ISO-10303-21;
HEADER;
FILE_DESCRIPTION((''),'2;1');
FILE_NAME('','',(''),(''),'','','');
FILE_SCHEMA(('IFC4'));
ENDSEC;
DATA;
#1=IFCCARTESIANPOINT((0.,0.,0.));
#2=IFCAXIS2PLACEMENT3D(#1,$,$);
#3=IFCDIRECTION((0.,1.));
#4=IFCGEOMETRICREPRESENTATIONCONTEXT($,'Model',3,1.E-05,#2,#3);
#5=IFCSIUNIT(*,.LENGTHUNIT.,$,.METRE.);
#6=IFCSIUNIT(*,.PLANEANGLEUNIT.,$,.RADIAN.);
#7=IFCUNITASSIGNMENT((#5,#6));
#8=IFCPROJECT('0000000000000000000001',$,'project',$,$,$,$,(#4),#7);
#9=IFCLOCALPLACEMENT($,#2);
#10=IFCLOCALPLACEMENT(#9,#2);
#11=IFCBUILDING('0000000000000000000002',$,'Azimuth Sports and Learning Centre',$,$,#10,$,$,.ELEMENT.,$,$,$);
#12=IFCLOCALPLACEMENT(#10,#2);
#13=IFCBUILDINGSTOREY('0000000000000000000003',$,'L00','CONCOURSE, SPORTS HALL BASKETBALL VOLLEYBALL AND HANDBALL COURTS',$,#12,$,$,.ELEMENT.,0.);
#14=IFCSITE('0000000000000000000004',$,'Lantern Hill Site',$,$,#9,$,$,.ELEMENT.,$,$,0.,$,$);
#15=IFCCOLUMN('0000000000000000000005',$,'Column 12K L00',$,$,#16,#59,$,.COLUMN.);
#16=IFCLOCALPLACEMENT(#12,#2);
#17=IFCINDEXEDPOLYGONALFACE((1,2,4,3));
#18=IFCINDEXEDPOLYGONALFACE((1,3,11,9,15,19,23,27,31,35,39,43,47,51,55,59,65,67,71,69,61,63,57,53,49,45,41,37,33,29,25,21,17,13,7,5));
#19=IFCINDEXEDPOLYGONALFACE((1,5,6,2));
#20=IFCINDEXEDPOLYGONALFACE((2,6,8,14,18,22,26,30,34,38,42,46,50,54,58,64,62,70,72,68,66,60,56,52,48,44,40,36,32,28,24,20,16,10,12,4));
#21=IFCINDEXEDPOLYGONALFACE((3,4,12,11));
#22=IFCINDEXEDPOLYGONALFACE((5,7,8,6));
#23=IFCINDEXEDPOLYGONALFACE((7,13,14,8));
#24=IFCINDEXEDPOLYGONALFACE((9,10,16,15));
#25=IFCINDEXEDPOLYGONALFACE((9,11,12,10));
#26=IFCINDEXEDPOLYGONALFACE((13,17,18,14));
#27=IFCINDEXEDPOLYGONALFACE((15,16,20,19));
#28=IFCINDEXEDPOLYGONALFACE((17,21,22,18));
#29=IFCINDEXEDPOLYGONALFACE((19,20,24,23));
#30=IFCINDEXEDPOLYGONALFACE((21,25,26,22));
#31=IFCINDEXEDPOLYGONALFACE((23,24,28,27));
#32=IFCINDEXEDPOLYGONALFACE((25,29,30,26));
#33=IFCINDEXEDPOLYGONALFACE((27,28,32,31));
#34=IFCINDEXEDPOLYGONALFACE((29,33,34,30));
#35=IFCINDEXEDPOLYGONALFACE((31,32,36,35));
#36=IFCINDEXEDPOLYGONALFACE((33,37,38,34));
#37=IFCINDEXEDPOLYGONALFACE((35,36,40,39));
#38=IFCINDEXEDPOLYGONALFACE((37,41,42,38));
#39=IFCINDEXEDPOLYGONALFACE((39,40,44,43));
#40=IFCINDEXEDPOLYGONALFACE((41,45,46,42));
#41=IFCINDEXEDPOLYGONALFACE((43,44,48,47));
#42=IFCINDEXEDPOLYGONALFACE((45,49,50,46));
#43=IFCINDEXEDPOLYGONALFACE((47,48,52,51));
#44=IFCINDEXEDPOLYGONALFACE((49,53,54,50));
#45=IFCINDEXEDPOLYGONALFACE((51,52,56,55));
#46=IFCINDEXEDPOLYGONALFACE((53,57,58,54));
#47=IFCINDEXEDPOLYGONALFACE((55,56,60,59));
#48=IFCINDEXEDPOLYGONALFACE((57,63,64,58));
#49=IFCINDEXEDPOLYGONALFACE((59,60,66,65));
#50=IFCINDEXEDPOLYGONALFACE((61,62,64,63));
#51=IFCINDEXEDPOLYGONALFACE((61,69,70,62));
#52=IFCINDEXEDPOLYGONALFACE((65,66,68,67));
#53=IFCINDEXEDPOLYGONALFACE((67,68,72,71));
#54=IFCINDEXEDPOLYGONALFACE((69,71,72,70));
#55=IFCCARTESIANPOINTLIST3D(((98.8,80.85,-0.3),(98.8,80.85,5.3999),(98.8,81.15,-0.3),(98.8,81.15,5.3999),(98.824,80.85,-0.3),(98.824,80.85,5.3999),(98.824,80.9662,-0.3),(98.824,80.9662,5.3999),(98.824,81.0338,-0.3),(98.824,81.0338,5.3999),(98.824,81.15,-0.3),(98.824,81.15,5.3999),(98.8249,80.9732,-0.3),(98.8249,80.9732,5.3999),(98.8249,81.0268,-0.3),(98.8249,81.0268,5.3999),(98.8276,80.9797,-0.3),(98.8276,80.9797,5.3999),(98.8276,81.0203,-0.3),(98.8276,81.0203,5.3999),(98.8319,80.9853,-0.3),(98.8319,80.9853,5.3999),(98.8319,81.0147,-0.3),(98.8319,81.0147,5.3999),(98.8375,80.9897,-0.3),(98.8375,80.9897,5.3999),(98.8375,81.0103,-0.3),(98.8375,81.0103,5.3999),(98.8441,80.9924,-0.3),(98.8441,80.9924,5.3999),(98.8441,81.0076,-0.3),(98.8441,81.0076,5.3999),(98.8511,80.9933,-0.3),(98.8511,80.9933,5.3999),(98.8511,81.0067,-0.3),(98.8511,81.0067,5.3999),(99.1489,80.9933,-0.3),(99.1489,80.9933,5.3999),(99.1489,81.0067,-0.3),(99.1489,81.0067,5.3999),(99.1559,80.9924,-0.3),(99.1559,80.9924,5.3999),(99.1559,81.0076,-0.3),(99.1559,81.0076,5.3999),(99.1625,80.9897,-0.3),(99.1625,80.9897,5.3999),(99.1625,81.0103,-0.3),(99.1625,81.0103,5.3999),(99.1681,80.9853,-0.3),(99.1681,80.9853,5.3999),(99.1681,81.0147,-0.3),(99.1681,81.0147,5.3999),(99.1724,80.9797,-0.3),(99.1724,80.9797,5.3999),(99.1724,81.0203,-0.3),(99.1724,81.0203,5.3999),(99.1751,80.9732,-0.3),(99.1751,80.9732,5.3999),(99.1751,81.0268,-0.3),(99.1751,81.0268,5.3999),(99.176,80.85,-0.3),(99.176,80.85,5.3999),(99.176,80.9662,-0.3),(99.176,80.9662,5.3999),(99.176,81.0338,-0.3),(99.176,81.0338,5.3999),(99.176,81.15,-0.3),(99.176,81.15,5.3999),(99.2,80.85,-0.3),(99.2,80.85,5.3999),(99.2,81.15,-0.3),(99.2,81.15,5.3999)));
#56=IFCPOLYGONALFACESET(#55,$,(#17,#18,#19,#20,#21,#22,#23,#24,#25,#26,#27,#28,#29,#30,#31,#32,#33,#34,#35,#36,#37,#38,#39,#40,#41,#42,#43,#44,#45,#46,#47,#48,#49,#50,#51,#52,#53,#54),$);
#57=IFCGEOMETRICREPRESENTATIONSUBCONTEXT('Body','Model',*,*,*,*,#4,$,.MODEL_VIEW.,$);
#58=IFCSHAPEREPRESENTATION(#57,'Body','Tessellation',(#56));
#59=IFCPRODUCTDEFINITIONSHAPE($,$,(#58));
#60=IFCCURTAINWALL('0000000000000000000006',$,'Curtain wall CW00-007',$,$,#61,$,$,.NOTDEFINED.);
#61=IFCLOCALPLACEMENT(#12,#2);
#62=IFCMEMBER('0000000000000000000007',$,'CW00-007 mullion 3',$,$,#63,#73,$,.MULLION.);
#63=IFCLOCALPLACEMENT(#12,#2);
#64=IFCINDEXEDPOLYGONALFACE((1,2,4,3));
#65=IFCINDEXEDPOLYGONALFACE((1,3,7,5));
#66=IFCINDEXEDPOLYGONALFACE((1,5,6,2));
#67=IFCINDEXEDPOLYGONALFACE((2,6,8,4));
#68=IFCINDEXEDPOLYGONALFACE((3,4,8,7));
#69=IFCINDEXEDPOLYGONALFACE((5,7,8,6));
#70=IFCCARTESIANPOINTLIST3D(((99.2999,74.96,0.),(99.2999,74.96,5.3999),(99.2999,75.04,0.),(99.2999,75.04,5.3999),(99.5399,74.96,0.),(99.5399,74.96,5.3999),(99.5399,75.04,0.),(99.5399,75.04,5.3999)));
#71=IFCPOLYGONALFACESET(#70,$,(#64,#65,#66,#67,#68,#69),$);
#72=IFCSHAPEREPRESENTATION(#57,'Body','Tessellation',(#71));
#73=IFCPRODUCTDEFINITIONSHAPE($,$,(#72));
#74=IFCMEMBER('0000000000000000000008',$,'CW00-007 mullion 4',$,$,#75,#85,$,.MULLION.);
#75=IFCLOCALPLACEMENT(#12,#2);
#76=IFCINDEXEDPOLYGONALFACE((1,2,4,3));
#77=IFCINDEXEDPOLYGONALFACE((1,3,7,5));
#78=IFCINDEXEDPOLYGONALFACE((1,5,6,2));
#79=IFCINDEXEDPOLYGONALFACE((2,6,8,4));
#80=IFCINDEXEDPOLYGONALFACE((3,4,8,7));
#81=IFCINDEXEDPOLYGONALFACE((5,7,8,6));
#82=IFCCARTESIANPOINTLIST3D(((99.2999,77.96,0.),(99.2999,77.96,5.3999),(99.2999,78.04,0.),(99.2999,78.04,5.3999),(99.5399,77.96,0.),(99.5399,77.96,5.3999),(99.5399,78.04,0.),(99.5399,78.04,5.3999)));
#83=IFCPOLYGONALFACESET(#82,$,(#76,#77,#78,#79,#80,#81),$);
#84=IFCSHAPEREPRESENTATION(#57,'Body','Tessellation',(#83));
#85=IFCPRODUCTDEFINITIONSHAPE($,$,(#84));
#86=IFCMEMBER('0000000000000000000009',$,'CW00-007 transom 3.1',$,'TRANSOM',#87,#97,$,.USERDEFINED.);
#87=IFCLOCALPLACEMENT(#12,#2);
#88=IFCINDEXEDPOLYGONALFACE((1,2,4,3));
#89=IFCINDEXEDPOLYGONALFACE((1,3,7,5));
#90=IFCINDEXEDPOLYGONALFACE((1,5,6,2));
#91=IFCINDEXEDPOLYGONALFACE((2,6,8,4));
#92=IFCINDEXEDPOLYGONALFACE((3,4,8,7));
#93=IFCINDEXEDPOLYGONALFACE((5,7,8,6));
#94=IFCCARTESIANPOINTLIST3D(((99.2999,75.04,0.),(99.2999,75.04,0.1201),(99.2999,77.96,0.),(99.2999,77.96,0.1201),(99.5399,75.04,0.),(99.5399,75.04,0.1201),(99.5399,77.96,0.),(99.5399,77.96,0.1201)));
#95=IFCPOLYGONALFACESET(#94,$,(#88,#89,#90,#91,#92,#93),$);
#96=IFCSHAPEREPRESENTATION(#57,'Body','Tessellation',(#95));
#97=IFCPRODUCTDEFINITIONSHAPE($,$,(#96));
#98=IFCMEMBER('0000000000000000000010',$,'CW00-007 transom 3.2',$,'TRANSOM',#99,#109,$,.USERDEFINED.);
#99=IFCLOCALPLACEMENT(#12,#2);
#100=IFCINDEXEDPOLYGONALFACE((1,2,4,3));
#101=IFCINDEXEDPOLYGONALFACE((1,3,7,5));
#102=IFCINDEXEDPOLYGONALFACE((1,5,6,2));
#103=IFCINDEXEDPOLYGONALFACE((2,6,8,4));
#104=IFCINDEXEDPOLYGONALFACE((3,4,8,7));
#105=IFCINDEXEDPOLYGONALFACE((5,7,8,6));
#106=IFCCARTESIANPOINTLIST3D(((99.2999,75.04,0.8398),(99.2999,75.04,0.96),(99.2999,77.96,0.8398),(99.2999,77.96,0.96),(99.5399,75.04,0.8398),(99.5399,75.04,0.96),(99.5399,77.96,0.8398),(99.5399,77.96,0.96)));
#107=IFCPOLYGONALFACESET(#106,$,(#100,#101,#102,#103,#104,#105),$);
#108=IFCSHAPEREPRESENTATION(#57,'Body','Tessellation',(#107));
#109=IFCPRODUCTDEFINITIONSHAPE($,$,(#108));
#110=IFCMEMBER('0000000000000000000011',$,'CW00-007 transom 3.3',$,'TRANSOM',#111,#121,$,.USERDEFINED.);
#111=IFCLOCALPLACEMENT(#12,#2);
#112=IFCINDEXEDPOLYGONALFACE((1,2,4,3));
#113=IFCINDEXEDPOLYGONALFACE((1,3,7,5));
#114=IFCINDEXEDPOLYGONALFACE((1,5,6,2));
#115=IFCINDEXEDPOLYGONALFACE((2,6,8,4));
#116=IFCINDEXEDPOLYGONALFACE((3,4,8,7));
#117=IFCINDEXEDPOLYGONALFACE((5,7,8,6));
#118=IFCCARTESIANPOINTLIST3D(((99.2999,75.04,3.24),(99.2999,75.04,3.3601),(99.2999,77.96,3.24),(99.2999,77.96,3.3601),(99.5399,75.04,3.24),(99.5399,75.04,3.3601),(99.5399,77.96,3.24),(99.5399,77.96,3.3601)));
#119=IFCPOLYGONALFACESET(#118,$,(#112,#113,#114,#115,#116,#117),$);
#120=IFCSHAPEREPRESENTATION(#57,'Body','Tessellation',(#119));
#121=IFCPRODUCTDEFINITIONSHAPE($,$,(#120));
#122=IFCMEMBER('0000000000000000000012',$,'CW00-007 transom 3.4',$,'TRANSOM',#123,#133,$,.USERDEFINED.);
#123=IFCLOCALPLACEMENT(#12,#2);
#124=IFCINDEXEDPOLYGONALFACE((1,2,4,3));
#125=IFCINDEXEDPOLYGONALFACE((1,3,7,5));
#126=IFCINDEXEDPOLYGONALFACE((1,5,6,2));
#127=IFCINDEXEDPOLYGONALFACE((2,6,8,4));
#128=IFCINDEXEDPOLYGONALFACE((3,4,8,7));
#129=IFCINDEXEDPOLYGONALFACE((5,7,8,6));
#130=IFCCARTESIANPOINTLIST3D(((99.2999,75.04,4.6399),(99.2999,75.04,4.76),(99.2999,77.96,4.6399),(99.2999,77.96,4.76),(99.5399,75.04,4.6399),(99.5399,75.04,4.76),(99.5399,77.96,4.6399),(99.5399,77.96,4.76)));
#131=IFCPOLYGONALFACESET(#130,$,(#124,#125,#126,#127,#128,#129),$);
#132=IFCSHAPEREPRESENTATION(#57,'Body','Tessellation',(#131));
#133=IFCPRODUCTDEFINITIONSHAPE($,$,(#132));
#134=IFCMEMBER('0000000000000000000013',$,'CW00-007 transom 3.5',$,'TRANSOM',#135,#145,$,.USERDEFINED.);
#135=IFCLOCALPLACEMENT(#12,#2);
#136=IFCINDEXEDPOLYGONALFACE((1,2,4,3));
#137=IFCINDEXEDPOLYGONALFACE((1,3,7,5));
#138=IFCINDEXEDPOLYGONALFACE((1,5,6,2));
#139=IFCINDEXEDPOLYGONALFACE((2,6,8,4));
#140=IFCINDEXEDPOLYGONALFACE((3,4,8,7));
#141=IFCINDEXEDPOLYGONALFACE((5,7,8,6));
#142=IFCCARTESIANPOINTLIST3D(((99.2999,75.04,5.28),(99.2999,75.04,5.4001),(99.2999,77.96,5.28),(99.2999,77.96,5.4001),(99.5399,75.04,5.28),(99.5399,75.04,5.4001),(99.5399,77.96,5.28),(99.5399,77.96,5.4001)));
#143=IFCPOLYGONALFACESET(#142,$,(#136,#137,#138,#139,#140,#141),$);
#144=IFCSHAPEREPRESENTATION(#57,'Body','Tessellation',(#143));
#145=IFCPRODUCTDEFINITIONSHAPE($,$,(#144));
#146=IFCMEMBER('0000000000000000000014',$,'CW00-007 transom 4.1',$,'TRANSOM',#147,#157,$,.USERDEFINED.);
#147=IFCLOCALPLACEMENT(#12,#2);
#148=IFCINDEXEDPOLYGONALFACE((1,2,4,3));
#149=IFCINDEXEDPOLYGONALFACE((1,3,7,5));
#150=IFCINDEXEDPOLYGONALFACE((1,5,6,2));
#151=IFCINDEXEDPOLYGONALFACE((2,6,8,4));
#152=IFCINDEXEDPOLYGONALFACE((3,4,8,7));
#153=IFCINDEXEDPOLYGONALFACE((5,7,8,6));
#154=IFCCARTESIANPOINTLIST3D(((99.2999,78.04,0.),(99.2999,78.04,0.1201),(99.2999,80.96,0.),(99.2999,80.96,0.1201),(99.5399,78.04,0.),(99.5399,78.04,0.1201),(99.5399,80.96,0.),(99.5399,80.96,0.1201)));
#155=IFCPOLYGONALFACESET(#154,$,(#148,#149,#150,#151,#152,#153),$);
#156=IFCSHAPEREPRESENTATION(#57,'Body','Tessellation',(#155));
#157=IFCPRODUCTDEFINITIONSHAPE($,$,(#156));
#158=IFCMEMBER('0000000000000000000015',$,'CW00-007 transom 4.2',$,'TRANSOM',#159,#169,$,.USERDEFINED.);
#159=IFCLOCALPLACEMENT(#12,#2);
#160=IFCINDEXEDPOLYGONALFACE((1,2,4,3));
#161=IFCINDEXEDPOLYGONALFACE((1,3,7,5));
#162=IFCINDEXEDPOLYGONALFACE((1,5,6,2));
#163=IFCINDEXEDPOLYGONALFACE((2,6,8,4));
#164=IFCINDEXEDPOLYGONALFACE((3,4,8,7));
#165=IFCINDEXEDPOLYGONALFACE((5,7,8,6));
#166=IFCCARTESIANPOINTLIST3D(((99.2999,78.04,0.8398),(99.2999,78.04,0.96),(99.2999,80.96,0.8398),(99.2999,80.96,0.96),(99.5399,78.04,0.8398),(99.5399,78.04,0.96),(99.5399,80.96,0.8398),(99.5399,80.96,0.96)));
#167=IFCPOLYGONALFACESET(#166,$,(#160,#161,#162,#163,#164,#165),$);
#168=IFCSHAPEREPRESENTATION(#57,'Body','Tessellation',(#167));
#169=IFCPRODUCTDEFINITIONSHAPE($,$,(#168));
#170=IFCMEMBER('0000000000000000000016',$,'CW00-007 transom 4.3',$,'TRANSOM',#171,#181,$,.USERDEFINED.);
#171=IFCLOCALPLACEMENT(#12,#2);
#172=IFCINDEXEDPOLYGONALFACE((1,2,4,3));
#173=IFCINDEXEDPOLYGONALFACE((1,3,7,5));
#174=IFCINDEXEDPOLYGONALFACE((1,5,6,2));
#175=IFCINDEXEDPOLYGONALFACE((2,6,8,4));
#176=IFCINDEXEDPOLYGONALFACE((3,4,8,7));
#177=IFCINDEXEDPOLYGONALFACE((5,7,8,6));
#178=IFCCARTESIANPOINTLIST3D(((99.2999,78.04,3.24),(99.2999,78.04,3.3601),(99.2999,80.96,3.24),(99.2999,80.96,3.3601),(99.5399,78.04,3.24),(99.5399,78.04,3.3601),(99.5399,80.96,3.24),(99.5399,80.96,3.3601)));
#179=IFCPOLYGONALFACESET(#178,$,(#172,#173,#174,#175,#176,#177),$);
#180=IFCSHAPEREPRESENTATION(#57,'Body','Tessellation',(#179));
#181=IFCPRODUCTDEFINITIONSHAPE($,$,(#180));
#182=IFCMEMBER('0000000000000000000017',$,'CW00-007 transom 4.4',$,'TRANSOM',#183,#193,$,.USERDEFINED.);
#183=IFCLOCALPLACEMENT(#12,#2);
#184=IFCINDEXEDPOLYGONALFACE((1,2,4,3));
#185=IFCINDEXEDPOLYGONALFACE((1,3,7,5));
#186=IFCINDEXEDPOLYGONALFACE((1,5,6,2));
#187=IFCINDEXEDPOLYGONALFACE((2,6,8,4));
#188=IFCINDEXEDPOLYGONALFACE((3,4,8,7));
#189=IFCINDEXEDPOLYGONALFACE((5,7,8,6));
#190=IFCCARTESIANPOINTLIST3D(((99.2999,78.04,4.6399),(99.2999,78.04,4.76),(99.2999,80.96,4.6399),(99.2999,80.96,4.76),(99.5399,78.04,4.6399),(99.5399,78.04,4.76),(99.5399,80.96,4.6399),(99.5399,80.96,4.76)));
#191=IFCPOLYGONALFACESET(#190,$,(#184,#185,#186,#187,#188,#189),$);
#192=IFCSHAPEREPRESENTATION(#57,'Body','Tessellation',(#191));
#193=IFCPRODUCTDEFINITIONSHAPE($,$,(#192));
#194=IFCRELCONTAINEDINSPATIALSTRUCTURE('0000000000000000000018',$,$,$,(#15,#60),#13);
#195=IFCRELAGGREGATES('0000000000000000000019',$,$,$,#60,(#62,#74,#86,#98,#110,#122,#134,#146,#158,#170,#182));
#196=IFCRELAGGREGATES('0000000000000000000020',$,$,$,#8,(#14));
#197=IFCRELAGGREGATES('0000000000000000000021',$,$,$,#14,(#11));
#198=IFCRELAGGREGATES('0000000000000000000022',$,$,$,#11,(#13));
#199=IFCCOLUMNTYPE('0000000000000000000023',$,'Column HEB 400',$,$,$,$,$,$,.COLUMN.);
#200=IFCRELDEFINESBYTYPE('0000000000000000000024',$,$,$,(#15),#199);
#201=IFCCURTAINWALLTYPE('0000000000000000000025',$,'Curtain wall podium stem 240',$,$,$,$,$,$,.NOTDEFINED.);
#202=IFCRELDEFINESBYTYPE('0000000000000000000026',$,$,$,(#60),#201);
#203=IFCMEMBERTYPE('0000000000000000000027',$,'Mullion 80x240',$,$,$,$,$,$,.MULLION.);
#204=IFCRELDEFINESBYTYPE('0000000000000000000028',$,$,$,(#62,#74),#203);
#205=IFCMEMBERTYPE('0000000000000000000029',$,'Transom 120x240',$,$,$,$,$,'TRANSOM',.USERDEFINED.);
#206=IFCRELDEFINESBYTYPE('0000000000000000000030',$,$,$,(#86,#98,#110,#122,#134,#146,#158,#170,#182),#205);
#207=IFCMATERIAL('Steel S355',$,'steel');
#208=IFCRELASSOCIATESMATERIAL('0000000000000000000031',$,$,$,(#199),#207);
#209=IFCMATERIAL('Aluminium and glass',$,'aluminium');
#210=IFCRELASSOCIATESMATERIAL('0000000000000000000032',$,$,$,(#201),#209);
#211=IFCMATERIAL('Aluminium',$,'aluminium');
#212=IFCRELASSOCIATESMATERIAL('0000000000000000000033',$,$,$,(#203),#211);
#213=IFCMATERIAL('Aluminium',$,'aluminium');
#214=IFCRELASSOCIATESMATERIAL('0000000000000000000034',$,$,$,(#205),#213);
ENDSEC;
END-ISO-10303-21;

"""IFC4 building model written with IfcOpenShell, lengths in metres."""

from ifc_helpers import new_model, si_unit, direction, frame, origin, origin_2d, place, context, subcontext, project, spatial, rectangle, i_section, extrude, material, material_profile, profile_set, type_object, element, aggregate, save


model = new_model("IFC4")

# Units and contexts
model_context = context("Model", 3, precision=1e-05, world=origin(), true_north=direction((0.0, 1.0)))
body_context = subcontext(model_context, "Body", "Model", "MODEL_VIEW")
ifc_project = project(units=[si_unit("LENGTHUNIT", "METRE"), si_unit("PLANEANGLEUNIT", "RADIAN")], contexts=[model_context])

# Site, building, storey
site_placement = place(None, origin())
site = spatial("IfcSite", under=ifc_project, at=site_placement, Name="Lantern Hill Site", CompositionType="ELEMENT", RefElevation=0.0)
building_placement = place(site_placement, origin())
building = spatial("IfcBuilding", under=site, at=building_placement, Name="Azimuth Sports and Learning Centre", CompositionType="ELEMENT")
storey_placement = place(building_placement, origin())
storey = spatial("IfcBuildingStorey", under=building, at=storey_placement, Name="L00", Description="CONCOURSE, SPORTS HALL BASKETBALL VOLLEYBALL AND HANDBALL COURTS", CompositionType="ELEMENT", Elevation=0.0)

# Column
ifc_material_1 = material(Name="Steel S355", Category="steel")
ifc_material_profile_1 = material_profile(ifc_material_1, i_section(OverallWidth=0.3, OverallDepth=0.3999, WebThickness=0.0134, FlangeThickness=0.0239, FilletRadius=0.0271, at=origin_2d()), Name="HEB 400")
ifc_profile_set_1 = profile_set([ifc_material_profile_1], Name="Steel S355")
column_type_1 = type_object("IfcColumnType", Name="Column HEB 400", PredefinedType="COLUMN", material=ifc_profile_set_1)
column_1_placement = place(storey_placement, frame((99.0, 81.0, -0.3), z_axis=(0.0, 0.0, 1.0), x_axis=(0.0, 1.0, 0.0)))
element("IfcColumn", 1, at=column_1_placement, inside=storey, type_object=column_type_1, Name="Column 12K L00", PredefinedType="COLUMN", context=body_context, shape_type="SweptSolid", body=[
    extrude(i_section(OverallWidth=0.3, OverallDepth=0.3999, WebThickness=0.0134, FlangeThickness=0.0239, FilletRadius=0.0271, at=origin_2d()), origin(), (0.0, 0.0, 1.0), 5.7),
])

# Curtain wall, members
ifc_material_2 = material(Name="Aluminium and glass", Category="aluminium")
curtain_wall_type = type_object("IfcCurtainWallType", Name="Curtain wall podium stem 240", PredefinedType="NOTDEFINED", material=ifc_material_2)
curtain_wall_placement = place(storey_placement, origin())
curtain_wall = element("IfcCurtainWall", 2, at=curtain_wall_placement, inside=storey, type_object=curtain_wall_type, Name="Curtain wall CW00-007", PredefinedType="NOTDEFINED")
ifc_material_3 = material(Name="Aluminium", Category="aluminium")
ifc_material_profile_2 = material_profile(ifc_material_3, rectangle(XDim=0.24, YDim=0.0801, at=origin_2d()), Name="Mullion 80x240")
ifc_profile_set_2 = profile_set([ifc_material_profile_2], Name="Aluminium")
member_type_1 = type_object("IfcMemberType", Name="Mullion 80x240", PredefinedType="MULLION", material=ifc_profile_set_2)
member_1_placement = place(storey_placement, frame((99.4199, 75.0, 0.0), z_axis=(0.0, 0.0, 1.0), x_axis=(-1.0, 0.0, 0.0)))
member_1 = element("IfcMember", 3, at=member_1_placement, type_object=member_type_1, Name="CW00-007 mullion 3", PredefinedType="MULLION", context=body_context, shape_type="SweptSolid", body=[
    extrude(rectangle(XDim=0.24, YDim=0.0801, at=origin_2d()), origin(), (0.0, 0.0, 1.0), 5.3999),
])
member_2_placement = place(storey_placement, frame((99.4199, 78.0, 0.0), z_axis=(0.0, 0.0, 1.0), x_axis=(-1.0, 0.0, 0.0)))
member_2 = element("IfcMember", 4, at=member_2_placement, type_object=member_type_1, Name="CW00-007 mullion 4", PredefinedType="MULLION", context=body_context, shape_type="SweptSolid", body=[
    extrude(rectangle(XDim=0.24, YDim=0.0801, at=origin_2d()), origin(), (0.0, 0.0, 1.0), 5.3999),
])
ifc_material_4 = material(Name="Aluminium", Category="aluminium")
ifc_material_profile_3 = material_profile(ifc_material_4, rectangle(XDim=0.24, YDim=0.1201, at=origin_2d()), Name="Transom 120x240")
ifc_profile_set_3 = profile_set([ifc_material_profile_3], Name="Aluminium")
member_type_2 = type_object("IfcMemberType", Name="Transom 120x240", ElementType="TRANSOM", PredefinedType="USERDEFINED", material=ifc_profile_set_3)
member_3_placement = place(storey_placement, frame((99.4199, 75.04, 0.0601), z_axis=(0.0, 1.0, 0.0), x_axis=(-1.0, 0.0, 0.0)))
member_3 = element("IfcMember", 5, at=member_3_placement, type_object=member_type_2, Name="CW00-007 transom 3.1", ObjectType="TRANSOM", PredefinedType="USERDEFINED", context=body_context, shape_type="SweptSolid", body=[
    extrude(rectangle(XDim=0.24, YDim=0.1201, at=origin_2d()), origin(), (0.0, 0.0, 1.0), 2.9199),
])
member_4_placement = place(storey_placement, frame((99.4199, 75.04, 0.8999), z_axis=(0.0, 1.0, 0.0), x_axis=(-1.0, 0.0, 0.0)))
member_4 = element("IfcMember", 6, at=member_4_placement, type_object=member_type_2, Name="CW00-007 transom 3.2", ObjectType="TRANSOM", PredefinedType="USERDEFINED", context=body_context, shape_type="SweptSolid", body=[
    extrude(rectangle(XDim=0.24, YDim=0.1201, at=origin_2d()), origin(), (0.0, 0.0, 1.0), 2.9199),
])
member_5_placement = place(storey_placement, frame((99.4199, 75.04, 3.3), z_axis=(0.0, 1.0, 0.0), x_axis=(-1.0, 0.0, 0.0)))
member_5 = element("IfcMember", 7, at=member_5_placement, type_object=member_type_2, Name="CW00-007 transom 3.3", ObjectType="TRANSOM", PredefinedType="USERDEFINED", context=body_context, shape_type="SweptSolid", body=[
    extrude(rectangle(XDim=0.24, YDim=0.1201, at=origin_2d()), origin(), (0.0, 0.0, 1.0), 2.9199),
])
member_6_placement = place(storey_placement, frame((99.4199, 75.04, 4.7), z_axis=(0.0, 1.0, 0.0), x_axis=(-1.0, 0.0, 0.0)))
member_6 = element("IfcMember", 8, at=member_6_placement, type_object=member_type_2, Name="CW00-007 transom 3.4", ObjectType="TRANSOM", PredefinedType="USERDEFINED", context=body_context, shape_type="SweptSolid", body=[
    extrude(rectangle(XDim=0.24, YDim=0.1201, at=origin_2d()), origin(), (0.0, 0.0, 1.0), 2.9199),
])
member_7_placement = place(storey_placement, frame((99.4199, 75.04, 5.3401), z_axis=(0.0, 1.0, 0.0), x_axis=(-1.0, 0.0, 0.0)))
member_7 = element("IfcMember", 9, at=member_7_placement, type_object=member_type_2, Name="CW00-007 transom 3.5", ObjectType="TRANSOM", PredefinedType="USERDEFINED", context=body_context, shape_type="SweptSolid", body=[
    extrude(rectangle(XDim=0.24, YDim=0.1201, at=origin_2d()), origin(), (0.0, 0.0, 1.0), 2.9199),
])
member_8_placement = place(storey_placement, frame((99.4199, 78.04, 0.0601), z_axis=(0.0, 1.0, 0.0), x_axis=(-1.0, 0.0, 0.0)))
member_8 = element("IfcMember", 10, at=member_8_placement, type_object=member_type_2, Name="CW00-007 transom 4.1", ObjectType="TRANSOM", PredefinedType="USERDEFINED", context=body_context, shape_type="SweptSolid", body=[
    extrude(rectangle(XDim=0.24, YDim=0.1201, at=origin_2d()), origin(), (0.0, 0.0, 1.0), 2.9199),
])
member_9_placement = place(storey_placement, frame((99.4199, 78.04, 0.8999), z_axis=(0.0, 1.0, 0.0), x_axis=(-1.0, 0.0, 0.0)))
member_9 = element("IfcMember", 11, at=member_9_placement, type_object=member_type_2, Name="CW00-007 transom 4.2", ObjectType="TRANSOM", PredefinedType="USERDEFINED", context=body_context, shape_type="SweptSolid", body=[
    extrude(rectangle(XDim=0.24, YDim=0.1201, at=origin_2d()), origin(), (0.0, 0.0, 1.0), 2.9199),
])
member_10_placement = place(storey_placement, frame((99.4199, 78.04, 3.3), z_axis=(0.0, 1.0, 0.0), x_axis=(-1.0, 0.0, 0.0)))
member_10 = element("IfcMember", 12, at=member_10_placement, type_object=member_type_2, Name="CW00-007 transom 4.3", ObjectType="TRANSOM", PredefinedType="USERDEFINED", context=body_context, shape_type="SweptSolid", body=[
    extrude(rectangle(XDim=0.24, YDim=0.1201, at=origin_2d()), origin(), (0.0, 0.0, 1.0), 2.9199),
])
member_11_placement = place(storey_placement, frame((99.4199, 78.04, 4.7), z_axis=(0.0, 1.0, 0.0), x_axis=(-1.0, 0.0, 0.0)))
member_11 = element("IfcMember", 13, at=member_11_placement, type_object=member_type_2, Name="CW00-007 transom 4.4", ObjectType="TRANSOM", PredefinedType="USERDEFINED", context=body_context, shape_type="SweptSolid", body=[
    extrude(rectangle(XDim=0.24, YDim=0.1201, at=origin_2d()), origin(), (0.0, 0.0, 1.0), 2.9199),
])
aggregate(curtain_wall, [member_1, member_2, member_3, member_4, member_5, member_6, member_7, member_8, member_9, member_10, member_11])

save(model, "model.ifc")
